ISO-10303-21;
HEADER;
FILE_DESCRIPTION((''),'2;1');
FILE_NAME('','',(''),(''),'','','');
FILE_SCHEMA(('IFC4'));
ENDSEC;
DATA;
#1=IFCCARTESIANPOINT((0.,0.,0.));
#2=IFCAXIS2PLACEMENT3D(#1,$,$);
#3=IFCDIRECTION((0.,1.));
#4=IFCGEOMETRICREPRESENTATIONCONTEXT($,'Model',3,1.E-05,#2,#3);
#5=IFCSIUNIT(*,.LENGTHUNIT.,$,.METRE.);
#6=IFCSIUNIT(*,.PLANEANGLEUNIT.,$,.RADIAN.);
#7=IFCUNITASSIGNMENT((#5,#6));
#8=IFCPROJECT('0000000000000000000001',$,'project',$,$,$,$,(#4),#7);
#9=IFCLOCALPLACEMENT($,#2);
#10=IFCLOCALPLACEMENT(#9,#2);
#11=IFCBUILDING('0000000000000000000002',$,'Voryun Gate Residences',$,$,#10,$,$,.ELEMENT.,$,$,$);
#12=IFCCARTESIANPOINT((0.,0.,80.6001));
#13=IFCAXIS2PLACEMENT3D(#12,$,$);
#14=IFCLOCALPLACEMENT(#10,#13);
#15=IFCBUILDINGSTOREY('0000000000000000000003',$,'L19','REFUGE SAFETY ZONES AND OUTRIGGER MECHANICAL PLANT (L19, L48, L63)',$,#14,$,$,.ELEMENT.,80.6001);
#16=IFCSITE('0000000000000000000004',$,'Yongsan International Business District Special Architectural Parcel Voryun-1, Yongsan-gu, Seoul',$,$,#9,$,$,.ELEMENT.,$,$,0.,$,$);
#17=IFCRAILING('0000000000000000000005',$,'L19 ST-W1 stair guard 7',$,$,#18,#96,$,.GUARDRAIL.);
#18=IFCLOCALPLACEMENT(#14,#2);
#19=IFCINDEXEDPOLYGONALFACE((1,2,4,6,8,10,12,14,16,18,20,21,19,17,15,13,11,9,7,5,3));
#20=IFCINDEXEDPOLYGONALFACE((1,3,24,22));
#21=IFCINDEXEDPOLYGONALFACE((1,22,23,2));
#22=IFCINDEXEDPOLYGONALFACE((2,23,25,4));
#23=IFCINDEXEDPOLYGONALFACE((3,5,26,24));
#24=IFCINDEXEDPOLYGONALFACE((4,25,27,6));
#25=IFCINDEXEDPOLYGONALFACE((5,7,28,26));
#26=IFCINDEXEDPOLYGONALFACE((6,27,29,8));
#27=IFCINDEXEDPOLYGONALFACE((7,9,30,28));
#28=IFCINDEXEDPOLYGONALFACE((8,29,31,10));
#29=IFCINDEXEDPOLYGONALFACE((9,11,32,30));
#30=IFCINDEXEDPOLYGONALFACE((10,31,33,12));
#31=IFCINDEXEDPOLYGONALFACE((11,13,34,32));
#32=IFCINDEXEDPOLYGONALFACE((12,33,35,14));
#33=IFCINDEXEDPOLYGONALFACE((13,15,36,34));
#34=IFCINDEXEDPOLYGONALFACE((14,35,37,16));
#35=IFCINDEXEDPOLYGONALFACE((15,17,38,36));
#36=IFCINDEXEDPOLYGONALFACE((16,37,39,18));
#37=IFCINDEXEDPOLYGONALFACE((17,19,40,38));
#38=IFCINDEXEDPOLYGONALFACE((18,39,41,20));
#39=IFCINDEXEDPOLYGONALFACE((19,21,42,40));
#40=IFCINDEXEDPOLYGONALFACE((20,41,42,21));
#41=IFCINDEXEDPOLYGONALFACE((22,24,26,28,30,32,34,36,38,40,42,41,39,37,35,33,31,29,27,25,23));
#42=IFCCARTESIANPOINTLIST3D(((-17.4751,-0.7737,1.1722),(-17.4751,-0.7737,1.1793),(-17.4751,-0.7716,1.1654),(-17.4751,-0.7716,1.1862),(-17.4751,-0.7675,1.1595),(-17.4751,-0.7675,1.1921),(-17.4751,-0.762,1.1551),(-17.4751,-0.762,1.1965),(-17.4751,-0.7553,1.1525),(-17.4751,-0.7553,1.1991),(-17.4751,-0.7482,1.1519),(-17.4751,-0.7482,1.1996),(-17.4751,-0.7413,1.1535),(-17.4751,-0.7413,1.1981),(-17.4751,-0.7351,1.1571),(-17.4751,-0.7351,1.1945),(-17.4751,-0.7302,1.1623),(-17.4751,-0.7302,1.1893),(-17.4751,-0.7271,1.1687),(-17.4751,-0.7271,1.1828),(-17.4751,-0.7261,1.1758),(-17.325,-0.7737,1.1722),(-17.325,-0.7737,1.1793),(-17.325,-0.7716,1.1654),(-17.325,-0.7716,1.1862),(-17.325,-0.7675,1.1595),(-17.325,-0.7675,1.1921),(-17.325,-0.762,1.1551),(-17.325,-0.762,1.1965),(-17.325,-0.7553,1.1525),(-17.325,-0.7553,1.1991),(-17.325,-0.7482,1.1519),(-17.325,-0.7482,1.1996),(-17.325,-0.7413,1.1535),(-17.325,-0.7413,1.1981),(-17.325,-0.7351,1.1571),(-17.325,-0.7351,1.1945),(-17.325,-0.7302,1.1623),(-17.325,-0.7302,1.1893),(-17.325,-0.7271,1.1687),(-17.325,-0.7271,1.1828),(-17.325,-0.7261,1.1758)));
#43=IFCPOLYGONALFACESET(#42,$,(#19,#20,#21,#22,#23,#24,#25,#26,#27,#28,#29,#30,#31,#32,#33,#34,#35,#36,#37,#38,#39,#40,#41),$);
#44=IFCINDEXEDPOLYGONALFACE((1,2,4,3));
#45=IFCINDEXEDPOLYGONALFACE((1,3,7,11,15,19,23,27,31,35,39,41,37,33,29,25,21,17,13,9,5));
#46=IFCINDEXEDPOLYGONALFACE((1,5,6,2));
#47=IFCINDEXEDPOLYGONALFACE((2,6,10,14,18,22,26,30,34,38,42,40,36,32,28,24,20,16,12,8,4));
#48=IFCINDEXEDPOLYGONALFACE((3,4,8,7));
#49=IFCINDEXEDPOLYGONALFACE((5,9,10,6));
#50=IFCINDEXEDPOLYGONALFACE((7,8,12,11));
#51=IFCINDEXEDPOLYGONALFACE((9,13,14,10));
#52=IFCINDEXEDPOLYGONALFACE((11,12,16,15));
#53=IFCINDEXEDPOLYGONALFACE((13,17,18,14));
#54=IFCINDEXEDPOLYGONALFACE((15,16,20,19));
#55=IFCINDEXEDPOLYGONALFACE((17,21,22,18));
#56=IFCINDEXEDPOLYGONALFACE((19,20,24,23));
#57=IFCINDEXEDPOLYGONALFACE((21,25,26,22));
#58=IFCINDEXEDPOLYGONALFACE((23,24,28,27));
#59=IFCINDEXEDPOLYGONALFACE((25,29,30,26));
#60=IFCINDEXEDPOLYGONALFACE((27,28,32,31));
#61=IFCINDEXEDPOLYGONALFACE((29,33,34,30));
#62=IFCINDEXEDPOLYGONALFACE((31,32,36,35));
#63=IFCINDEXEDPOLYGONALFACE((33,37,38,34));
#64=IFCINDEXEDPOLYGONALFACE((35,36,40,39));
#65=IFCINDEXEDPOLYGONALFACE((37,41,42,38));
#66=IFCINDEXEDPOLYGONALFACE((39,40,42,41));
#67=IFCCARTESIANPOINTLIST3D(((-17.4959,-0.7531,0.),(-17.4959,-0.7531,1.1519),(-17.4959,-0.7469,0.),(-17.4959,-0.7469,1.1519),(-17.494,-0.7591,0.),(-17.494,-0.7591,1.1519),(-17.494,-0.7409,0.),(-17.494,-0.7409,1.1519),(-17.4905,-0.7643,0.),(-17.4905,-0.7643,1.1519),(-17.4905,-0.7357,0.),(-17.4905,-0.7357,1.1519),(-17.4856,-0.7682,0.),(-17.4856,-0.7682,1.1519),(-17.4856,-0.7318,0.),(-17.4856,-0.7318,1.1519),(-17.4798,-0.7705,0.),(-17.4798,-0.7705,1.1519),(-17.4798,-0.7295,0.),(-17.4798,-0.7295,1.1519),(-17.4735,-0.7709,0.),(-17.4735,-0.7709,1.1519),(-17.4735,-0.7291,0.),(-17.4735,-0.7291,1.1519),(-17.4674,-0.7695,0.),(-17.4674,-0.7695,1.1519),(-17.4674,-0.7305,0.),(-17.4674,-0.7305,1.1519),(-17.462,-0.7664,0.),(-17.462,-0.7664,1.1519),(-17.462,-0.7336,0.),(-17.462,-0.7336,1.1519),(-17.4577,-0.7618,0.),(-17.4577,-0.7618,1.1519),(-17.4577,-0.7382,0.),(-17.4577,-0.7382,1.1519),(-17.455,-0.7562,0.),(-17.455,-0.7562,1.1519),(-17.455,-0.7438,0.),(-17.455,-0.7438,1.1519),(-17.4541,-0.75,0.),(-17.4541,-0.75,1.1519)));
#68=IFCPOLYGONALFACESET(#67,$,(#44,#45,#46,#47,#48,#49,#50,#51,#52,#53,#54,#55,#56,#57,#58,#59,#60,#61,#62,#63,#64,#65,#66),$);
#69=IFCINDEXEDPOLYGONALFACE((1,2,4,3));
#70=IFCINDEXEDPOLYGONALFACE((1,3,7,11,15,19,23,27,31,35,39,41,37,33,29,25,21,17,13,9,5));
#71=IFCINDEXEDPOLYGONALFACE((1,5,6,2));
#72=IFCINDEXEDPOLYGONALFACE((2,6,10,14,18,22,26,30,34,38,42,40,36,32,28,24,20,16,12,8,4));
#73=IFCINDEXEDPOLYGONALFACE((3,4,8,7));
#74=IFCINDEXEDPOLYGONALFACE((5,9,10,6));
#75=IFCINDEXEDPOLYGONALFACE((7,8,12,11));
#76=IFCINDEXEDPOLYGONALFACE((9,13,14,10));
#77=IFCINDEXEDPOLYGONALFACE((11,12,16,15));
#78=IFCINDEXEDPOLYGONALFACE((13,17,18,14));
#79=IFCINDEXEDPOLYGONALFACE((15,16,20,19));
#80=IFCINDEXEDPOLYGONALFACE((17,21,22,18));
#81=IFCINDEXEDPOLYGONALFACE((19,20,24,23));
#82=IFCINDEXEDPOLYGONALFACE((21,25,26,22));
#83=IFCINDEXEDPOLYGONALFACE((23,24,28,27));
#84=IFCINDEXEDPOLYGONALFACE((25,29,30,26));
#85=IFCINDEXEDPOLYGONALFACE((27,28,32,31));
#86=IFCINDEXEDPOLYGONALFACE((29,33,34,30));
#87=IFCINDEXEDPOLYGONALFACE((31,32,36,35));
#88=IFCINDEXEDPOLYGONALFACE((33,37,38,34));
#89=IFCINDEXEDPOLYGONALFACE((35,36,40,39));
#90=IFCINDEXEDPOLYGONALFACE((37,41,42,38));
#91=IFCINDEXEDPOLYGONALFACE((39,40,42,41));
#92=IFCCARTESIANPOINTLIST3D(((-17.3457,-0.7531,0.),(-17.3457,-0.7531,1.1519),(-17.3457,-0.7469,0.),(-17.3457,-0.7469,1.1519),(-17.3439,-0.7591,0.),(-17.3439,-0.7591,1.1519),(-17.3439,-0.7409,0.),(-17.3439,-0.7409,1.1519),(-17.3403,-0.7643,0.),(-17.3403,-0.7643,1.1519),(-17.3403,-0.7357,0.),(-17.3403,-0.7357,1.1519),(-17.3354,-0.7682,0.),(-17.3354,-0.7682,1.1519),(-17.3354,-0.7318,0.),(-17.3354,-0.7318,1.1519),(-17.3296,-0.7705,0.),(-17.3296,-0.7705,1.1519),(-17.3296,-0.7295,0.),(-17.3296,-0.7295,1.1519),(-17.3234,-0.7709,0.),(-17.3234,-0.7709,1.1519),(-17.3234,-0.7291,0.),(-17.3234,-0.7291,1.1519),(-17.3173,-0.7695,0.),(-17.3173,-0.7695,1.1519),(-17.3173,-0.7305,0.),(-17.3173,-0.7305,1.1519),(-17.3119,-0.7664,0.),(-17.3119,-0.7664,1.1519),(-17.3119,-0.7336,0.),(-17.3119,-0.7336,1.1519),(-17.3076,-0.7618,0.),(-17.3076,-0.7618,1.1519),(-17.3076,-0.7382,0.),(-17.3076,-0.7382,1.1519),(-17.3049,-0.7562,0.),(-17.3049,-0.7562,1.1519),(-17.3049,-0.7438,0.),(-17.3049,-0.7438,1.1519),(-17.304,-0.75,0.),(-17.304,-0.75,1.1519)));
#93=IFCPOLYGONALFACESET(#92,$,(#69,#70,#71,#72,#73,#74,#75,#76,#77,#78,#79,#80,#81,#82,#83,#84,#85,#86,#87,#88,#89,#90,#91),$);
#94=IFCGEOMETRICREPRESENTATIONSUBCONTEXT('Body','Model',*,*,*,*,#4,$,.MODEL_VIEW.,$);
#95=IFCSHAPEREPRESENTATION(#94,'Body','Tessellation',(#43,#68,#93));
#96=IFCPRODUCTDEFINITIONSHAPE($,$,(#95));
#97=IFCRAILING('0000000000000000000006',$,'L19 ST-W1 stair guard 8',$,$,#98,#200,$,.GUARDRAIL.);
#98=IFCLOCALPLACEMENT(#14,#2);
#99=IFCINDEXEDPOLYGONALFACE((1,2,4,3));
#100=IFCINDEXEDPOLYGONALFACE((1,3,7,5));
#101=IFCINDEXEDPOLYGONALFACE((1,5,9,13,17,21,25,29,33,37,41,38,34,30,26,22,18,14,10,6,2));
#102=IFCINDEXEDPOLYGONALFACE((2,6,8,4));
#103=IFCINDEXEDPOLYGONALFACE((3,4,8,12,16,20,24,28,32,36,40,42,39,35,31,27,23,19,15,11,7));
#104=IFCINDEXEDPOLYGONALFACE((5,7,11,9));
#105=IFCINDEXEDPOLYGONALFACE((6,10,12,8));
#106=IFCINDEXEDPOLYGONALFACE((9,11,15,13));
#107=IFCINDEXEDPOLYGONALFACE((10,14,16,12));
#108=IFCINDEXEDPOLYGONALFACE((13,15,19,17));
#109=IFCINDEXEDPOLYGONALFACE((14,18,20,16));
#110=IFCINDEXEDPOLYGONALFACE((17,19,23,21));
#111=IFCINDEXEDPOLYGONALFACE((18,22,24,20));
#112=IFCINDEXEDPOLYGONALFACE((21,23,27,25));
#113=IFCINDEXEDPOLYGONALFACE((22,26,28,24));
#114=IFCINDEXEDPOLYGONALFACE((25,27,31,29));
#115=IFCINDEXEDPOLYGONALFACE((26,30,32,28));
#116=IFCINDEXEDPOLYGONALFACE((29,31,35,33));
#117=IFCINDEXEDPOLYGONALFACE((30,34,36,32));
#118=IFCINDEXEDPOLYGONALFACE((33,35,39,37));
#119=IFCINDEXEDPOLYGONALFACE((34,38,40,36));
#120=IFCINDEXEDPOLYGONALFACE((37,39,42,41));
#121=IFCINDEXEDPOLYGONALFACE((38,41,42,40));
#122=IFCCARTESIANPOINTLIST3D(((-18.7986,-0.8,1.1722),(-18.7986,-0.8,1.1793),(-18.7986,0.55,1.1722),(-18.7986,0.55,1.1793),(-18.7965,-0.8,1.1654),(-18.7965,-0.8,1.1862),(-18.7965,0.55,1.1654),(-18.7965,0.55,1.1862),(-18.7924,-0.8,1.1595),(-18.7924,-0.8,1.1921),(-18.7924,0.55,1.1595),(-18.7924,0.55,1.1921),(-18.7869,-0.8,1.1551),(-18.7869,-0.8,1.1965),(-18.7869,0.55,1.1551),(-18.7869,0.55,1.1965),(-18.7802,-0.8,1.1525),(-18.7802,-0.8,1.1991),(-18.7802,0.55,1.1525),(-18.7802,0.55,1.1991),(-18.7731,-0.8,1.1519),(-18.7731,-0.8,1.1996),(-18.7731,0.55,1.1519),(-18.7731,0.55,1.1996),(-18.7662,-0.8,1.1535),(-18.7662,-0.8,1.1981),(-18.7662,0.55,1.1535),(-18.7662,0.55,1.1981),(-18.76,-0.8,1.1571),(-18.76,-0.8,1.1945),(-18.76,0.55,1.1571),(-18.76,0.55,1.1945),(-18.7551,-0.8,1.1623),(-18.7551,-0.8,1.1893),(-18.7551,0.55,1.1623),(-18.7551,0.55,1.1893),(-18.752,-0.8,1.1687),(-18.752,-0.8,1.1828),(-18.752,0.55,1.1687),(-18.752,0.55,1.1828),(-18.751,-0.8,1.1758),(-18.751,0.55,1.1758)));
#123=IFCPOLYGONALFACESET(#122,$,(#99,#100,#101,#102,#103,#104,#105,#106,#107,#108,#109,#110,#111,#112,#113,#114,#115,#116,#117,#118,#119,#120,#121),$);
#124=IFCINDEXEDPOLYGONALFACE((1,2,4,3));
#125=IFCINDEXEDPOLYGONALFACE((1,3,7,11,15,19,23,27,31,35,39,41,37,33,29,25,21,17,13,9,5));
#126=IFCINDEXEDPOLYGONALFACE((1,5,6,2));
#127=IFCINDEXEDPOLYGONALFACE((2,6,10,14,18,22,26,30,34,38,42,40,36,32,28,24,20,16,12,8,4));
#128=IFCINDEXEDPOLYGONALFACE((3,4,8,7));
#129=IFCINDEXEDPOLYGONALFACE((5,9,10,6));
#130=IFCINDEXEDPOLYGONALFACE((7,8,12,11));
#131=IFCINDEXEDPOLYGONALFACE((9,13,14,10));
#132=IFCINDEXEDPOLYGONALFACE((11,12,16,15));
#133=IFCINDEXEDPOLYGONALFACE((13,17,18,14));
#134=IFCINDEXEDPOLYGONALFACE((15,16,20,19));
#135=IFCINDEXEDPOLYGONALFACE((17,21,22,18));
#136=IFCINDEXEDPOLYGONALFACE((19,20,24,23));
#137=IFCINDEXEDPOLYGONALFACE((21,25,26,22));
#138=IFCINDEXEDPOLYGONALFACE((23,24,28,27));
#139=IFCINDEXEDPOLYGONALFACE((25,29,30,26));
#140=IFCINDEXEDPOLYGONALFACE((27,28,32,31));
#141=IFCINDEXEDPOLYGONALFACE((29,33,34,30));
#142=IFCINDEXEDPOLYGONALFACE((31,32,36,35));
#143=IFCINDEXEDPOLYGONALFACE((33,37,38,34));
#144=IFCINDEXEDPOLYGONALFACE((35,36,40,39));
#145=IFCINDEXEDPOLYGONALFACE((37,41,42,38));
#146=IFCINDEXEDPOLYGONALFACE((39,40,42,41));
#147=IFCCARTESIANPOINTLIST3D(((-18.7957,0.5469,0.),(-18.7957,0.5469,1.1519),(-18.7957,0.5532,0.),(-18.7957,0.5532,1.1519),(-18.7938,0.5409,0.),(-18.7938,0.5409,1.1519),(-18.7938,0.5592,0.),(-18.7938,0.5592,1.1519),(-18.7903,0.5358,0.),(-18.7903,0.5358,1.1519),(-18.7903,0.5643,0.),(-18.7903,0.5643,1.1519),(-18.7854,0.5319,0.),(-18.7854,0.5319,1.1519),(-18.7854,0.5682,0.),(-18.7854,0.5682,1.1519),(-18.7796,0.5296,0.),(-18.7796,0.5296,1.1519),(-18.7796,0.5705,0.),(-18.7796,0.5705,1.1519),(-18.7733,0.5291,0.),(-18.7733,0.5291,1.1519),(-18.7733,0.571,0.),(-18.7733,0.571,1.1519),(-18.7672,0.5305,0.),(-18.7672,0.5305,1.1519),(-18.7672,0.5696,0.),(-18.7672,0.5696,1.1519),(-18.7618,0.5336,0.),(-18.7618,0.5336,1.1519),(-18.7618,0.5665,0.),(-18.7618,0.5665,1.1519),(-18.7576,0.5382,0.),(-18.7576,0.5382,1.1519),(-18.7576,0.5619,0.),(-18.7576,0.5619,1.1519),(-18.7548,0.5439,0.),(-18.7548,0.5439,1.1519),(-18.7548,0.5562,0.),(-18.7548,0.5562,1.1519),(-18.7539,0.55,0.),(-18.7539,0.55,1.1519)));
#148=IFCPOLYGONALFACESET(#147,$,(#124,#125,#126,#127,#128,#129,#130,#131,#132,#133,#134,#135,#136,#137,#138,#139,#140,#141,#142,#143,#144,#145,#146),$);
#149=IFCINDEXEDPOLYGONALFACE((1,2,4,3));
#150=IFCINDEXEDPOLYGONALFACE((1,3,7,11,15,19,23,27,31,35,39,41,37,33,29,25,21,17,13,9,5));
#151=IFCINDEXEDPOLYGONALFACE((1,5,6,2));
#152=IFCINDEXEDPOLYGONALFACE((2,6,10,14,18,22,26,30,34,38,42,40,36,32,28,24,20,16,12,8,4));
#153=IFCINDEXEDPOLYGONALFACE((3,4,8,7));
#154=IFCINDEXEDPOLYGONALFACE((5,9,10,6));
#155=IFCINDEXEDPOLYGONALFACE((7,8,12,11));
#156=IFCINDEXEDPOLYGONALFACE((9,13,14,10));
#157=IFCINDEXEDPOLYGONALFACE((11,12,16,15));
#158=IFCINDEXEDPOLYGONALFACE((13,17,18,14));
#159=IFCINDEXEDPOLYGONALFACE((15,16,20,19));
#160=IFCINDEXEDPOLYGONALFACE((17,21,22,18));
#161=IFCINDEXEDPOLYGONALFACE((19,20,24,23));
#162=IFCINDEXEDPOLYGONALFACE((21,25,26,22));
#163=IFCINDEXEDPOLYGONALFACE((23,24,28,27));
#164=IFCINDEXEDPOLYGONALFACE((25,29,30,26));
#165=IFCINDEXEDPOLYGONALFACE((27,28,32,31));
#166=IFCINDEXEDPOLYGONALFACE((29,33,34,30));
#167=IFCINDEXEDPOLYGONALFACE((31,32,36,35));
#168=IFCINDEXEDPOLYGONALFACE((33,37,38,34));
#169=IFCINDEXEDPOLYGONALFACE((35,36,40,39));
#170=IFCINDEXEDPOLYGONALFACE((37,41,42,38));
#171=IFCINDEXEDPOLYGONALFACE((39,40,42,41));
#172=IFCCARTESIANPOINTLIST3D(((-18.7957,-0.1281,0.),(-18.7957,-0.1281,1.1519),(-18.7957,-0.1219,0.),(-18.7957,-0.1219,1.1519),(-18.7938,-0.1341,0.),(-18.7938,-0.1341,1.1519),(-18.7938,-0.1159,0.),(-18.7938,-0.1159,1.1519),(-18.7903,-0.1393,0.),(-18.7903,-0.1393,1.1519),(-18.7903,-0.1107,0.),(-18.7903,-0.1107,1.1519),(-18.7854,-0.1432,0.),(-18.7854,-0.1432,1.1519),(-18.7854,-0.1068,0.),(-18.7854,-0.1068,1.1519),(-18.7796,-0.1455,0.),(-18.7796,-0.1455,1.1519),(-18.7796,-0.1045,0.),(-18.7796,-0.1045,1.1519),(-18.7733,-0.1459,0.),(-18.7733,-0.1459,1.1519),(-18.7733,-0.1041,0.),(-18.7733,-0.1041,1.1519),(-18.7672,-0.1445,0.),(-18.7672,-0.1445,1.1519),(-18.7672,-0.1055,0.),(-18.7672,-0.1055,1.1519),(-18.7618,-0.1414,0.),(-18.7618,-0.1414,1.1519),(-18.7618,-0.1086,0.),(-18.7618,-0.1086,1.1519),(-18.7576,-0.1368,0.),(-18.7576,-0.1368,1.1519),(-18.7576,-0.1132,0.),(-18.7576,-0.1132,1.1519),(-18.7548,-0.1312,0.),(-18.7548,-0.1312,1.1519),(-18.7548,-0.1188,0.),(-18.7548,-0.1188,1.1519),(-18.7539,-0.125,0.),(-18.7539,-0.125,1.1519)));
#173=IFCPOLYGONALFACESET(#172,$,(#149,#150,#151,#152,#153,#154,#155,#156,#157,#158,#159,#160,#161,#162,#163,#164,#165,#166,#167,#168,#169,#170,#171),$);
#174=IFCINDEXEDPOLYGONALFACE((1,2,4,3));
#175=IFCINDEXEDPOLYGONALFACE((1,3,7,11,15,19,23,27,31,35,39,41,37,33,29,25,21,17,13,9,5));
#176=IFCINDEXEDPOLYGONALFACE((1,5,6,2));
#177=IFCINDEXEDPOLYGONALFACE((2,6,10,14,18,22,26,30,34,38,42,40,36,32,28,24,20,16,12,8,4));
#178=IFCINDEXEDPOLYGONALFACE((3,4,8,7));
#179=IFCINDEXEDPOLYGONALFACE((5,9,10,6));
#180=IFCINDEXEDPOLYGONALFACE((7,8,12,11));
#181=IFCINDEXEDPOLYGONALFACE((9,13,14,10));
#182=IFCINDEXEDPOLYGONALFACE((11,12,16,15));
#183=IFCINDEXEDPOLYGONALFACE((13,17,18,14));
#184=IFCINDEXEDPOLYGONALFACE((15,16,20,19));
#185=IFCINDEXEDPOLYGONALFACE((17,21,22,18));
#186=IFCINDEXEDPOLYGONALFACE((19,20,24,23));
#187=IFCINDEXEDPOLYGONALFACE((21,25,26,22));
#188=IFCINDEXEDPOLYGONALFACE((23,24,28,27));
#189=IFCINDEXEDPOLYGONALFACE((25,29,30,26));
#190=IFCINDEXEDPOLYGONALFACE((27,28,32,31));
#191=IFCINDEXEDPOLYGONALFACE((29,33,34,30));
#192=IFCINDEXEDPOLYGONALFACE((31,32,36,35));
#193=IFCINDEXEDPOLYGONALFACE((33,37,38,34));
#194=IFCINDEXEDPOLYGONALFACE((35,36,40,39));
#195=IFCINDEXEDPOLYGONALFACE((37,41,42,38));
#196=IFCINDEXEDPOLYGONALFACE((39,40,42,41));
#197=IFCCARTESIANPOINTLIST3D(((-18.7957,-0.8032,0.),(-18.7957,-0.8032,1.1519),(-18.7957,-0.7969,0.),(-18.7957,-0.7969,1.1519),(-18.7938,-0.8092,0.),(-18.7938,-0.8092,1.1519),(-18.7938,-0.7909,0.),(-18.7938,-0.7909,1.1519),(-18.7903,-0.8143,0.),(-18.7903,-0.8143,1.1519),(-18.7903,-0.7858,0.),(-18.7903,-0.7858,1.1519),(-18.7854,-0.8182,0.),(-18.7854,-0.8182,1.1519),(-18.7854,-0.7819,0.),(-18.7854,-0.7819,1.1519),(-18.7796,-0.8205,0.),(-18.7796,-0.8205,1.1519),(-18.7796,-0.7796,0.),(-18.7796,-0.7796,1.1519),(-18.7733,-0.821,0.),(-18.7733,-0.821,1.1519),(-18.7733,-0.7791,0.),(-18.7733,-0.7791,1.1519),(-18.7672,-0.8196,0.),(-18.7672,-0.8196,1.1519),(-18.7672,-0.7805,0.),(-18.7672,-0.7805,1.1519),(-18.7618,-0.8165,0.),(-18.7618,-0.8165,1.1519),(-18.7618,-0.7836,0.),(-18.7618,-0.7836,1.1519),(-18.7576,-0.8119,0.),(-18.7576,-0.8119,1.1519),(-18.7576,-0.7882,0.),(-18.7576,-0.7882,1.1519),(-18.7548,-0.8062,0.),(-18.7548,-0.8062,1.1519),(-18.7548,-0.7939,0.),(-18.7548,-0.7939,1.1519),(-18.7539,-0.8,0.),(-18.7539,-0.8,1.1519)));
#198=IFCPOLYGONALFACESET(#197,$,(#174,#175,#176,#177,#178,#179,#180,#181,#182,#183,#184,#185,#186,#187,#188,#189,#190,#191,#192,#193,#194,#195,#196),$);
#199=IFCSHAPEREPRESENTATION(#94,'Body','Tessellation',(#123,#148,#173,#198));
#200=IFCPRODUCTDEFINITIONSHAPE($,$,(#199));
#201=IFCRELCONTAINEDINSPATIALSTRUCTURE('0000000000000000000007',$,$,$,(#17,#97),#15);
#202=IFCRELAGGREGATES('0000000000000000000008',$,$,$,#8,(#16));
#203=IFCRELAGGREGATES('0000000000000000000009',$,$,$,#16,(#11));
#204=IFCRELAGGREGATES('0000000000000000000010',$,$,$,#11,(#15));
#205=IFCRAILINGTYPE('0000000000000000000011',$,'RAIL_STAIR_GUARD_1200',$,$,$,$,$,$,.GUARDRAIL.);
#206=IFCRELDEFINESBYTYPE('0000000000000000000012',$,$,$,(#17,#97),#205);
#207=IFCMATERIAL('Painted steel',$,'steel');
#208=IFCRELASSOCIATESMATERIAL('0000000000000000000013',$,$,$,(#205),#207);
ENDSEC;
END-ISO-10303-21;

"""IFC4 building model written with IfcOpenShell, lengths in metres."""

from ifc_helpers import new_model, si_unit, direction, frame, origin, origin_2d, place, context, subcontext, project, spatial, circle, extrude, material, type_object, element, save


model = new_model("IFC4")

# Units and contexts
model_context = context("Model", 3, precision=1e-05, world=origin(), true_north=direction((0.0, 1.0)))
body_context = subcontext(model_context, "Body", "Model", "MODEL_VIEW")
ifc_project = project(units=[si_unit("LENGTHUNIT", "METRE"), si_unit("PLANEANGLEUNIT", "RADIAN")], contexts=[model_context])

# Site, building, storey
site_placement = place(None, origin())
site = spatial("IfcSite", under=ifc_project, at=site_placement, Name="Yongsan International Business District Special Architectural Parcel Voryun-1, Yongsan-gu, Seoul", CompositionType="ELEMENT", RefElevation=0.0)
building_placement = place(site_placement, origin())
building = spatial("IfcBuilding", under=site, at=building_placement, Name="Voryun Gate Residences", CompositionType="ELEMENT")
storey_placement = place(building_placement, frame((0.0, 0.0, 80.6001)))
storey = spatial("IfcBuildingStorey", under=building, at=storey_placement, Name="L19", Description="REFUGE SAFETY ZONES AND OUTRIGGER MECHANICAL PLANT (L19, L48, L63)", CompositionType="ELEMENT", Elevation=80.6001)

# Railings
ifc_material_1 = material(Name="Painted steel", Category="steel")
railing_type_1 = type_object("IfcRailingType", Name="RAIL_STAIR_GUARD_1200", PredefinedType="GUARDRAIL", material=ifc_material_1)
railing_1_placement = place(storey_placement, frame((-17.4751, -0.75, 0.0)))
element("IfcRailing", 1, at=railing_1_placement, inside=storey, type_object=railing_type_1, Name="L19 ST-W1 stair guard 7", PredefinedType="GUARDRAIL", context=body_context, shape_type="SweptSolid", body=[
    extrude(circle(Radius=0.0239, at=origin_2d()), frame((0.0, 0.0, 1.1758), z_axis=(1.0, 0.0, 0.0), x_axis=(0.0, 1.0, 0.0)), (0.0, 0.0, 1.0), 0.1501),
    extrude(circle(Radius=0.021, at=origin_2d()), origin(), (0.0, 0.0, 1.0), 1.1519),
    extrude(circle(Radius=0.021, at=origin_2d()), frame((0.1501, 0.0, 0.0)), (0.0, 0.0, 1.0), 1.1519),
])
for number, where, name in (
    (2, (-18.7749, 0.55, 0.0), "L19 ST-W1 stair guard 8"),
):
    element("IfcRailing", number, at=place(storey_placement, frame(where)), inside=storey, type_object=railing_type_1, Name=name, PredefinedType="GUARDRAIL", context=body_context, shape_type="SweptSolid", body=[
        extrude(circle(Radius=0.0239, at=origin_2d()), frame((0.0, 0.0, 1.1758), z_axis=(0.0, -1.0, 0.0), x_axis=(1.0, 0.0, 0.0)), (0.0, 0.0, 1.0), 1.3501),
        extrude(circle(Radius=0.021, at=origin_2d()), origin(), (0.0, 0.0, 1.0), 1.1519),
        extrude(circle(Radius=0.021, at=origin_2d()), frame((0.0, -0.675, 0.0)), (0.0, 0.0, 1.0), 1.1519),
        extrude(circle(Radius=0.021, at=origin_2d()), frame((0.0, -1.3501, 0.0)), (0.0, 0.0, 1.0), 1.1519),
    ])

save(model, "model.ifc")
